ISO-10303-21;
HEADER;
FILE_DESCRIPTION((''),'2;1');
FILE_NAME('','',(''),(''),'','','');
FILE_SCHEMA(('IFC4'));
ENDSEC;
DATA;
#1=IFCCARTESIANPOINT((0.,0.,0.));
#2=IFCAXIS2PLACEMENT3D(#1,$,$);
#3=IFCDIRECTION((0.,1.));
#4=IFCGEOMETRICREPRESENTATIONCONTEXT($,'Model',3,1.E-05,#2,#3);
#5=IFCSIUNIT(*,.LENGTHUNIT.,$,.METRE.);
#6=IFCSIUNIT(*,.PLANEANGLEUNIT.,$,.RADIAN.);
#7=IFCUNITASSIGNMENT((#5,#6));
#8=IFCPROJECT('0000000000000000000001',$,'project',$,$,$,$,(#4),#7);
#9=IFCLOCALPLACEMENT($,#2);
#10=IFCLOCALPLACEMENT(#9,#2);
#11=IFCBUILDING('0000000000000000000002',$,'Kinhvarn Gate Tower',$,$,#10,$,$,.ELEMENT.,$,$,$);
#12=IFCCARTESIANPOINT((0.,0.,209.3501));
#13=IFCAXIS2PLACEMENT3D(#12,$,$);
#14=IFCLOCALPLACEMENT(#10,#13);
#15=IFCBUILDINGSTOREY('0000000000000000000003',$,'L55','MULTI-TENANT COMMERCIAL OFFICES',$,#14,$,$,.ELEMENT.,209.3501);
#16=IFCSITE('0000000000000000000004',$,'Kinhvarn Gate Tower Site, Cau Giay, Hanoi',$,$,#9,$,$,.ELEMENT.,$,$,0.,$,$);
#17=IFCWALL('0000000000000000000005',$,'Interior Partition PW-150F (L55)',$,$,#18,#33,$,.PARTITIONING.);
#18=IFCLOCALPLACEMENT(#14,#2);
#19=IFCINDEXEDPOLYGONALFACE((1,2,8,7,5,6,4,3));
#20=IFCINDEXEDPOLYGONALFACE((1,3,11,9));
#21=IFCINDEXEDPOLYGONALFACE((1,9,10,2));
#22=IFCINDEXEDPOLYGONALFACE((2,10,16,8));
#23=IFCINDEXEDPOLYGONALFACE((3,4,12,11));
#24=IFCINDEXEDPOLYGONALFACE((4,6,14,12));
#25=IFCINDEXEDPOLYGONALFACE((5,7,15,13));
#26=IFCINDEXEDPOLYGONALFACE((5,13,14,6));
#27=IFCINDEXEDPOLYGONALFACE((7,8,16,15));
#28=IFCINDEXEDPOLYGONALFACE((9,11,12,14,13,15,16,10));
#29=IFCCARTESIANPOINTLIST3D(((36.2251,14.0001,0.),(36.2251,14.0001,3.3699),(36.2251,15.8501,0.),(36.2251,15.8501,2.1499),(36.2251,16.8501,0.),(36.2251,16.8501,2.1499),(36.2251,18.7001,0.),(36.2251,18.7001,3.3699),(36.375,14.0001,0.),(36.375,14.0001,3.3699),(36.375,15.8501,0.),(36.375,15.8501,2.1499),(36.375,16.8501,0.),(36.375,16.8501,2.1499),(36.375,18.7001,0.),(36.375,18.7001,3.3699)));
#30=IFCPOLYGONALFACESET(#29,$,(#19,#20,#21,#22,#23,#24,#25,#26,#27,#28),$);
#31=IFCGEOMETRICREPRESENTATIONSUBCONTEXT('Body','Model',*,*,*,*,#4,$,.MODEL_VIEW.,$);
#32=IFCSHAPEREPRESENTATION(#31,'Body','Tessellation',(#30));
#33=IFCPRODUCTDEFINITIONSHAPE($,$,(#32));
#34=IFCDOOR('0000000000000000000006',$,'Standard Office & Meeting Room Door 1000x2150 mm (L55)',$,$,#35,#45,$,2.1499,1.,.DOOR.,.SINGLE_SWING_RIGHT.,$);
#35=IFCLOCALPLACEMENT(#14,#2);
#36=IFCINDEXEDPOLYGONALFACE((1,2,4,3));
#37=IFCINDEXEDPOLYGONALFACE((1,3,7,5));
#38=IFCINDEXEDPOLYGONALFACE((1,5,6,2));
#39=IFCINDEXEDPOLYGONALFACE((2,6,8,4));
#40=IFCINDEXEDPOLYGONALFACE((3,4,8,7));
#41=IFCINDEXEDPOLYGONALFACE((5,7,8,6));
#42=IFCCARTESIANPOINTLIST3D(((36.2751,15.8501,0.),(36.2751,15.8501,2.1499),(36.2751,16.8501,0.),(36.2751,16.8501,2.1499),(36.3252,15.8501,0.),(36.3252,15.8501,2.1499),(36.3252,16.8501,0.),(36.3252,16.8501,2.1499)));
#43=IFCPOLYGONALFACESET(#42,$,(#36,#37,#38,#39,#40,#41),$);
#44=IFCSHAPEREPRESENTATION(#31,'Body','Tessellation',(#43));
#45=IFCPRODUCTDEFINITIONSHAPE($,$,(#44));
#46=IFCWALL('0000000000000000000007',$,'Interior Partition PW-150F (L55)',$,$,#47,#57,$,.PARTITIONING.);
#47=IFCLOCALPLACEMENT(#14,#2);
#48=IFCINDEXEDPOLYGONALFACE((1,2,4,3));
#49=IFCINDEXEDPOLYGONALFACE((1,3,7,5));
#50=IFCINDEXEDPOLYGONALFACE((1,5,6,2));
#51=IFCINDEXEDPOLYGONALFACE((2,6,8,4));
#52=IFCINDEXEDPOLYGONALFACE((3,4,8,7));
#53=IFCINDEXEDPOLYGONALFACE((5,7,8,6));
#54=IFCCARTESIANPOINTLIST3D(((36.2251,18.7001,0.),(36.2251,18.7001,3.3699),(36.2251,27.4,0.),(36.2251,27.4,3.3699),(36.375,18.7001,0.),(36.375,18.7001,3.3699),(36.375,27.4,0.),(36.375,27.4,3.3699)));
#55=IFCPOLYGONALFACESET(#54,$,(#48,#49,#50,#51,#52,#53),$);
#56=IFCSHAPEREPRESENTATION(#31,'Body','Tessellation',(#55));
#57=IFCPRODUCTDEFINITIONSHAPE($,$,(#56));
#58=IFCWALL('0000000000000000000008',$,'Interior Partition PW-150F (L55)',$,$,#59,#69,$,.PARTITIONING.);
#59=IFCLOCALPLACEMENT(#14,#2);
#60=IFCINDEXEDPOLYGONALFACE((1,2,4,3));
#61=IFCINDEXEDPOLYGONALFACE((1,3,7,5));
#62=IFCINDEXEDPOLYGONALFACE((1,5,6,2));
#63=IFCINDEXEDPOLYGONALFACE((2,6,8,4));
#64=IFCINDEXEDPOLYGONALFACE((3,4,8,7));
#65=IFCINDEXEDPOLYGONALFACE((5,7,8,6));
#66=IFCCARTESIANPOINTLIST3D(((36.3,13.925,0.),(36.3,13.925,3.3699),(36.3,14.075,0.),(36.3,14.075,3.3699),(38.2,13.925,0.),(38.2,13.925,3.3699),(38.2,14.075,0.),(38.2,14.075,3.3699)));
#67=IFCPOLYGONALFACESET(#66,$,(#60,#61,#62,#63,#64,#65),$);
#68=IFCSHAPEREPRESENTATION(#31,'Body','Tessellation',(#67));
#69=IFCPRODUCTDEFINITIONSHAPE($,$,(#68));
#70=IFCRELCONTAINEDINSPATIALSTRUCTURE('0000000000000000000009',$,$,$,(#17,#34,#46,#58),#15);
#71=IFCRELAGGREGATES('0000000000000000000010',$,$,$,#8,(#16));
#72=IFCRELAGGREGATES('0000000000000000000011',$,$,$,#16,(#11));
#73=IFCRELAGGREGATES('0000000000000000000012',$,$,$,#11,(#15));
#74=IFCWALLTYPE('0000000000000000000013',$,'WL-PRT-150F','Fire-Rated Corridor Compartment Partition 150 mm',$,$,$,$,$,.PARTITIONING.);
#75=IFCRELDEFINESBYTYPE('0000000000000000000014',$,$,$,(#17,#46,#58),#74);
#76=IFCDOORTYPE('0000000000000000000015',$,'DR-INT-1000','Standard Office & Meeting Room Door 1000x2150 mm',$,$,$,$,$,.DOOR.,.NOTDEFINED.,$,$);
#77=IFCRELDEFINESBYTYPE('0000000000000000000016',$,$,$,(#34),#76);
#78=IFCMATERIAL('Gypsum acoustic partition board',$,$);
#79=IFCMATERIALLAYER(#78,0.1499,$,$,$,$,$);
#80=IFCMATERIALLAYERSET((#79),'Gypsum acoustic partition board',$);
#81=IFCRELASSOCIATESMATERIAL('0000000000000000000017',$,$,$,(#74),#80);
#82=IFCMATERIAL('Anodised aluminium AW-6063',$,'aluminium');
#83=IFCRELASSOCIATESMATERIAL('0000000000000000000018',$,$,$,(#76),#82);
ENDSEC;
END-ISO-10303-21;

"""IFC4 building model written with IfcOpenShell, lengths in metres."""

from ifc_helpers import new_model, si_unit, direction, frame, frame_2d, origin, place, context, subcontext, project, spatial, rectangle, extrude, material, layer, layer_set, type_object, element, fill, save


model = new_model("IFC4")

# Units and contexts
model_context = context("Model", 3, precision=1e-05, world=origin(), true_north=direction((0.0, 1.0)))
body_context = subcontext(model_context, "Body", "Model", "MODEL_VIEW")
ifc_project = project(units=[si_unit("LENGTHUNIT", "METRE"), si_unit("PLANEANGLEUNIT", "RADIAN")], contexts=[model_context])

# Site, building, storey
site_placement = place(None, origin())
site = spatial("IfcSite", under=ifc_project, at=site_placement, Name="Kinhvarn Gate Tower Site, Cau Giay, Hanoi", CompositionType="ELEMENT", RefElevation=0.0)
building_placement = place(site_placement, origin())
building = spatial("IfcBuilding", under=site, at=building_placement, Name="Kinhvarn Gate Tower", CompositionType="ELEMENT")
storey_placement = place(building_placement, frame((0.0, 0.0, 209.3501)))
storey = spatial("IfcBuildingStorey", under=building, at=storey_placement, Name="L55", Description="MULTI-TENANT COMMERCIAL OFFICES", CompositionType="ELEMENT", Elevation=209.3501)

# Shared definitions
ifc_material_1 = material(Name="Anodised aluminium AW-6063", Category="aluminium")

# Shared definitions
ifc_material_2 = material(Name="Gypsum acoustic partition board")

# Wall, opening, door
ifc_layer_1 = layer(ifc_material_2, 0.1499)
ifc_layer_set_1 = layer_set([ifc_layer_1], Name="Gypsum acoustic partition board")
wall_type_1 = type_object("IfcWallType", Name="WL-PRT-150F", Description="Fire-Rated Corridor Compartment Partition 150 mm", PredefinedType="PARTITIONING", material=ifc_layer_set_1)
wall_1_placement = place(storey_placement, frame((36.3, 14.0, 0.0), z_axis=(0.0, 0.0, 1.0), x_axis=(0.0, 1.0, 0.0)))
wall_1 = element("IfcWall", 1, at=wall_1_placement, inside=storey, type_object=wall_type_1, Name="Interior Partition PW-150F (L55)", PredefinedType="PARTITIONING", context=body_context, shape_type="SweptSolid", body=[
    extrude(rectangle(XDim=4.7, YDim=0.1499, at=frame_2d((2.3501, 0.0))), origin(), (0.0, 0.0, 1.0), 3.3699),
])
opening_placement = place(wall_1_placement, frame((1.8501, 0.0, 0.0)))
opening = element("IfcOpeningElement", 2, at=opening_placement, cuts=wall_1, PredefinedType="OPENING", context=body_context, shape_type="SweptSolid", body=[
    extrude(rectangle(XDim=1.0, YDim=2.1499, at=frame_2d((0.5, 1.075))), frame((0.0, 0.085, 0.0), z_axis=(0.0, -1.0, 0.0), x_axis=(1.0, 0.0, 0.0)), (0.0, 0.0, 1.0), 0.1699),
])
door_type = type_object("IfcDoorType", Name="DR-INT-1000", Description="Standard Office & Meeting Room Door 1000x2150 mm", OperationType="NOTDEFINED", PredefinedType="DOOR", material=ifc_material_1)
door_placement = place(opening_placement, origin())
door = element("IfcDoor", 3, at=door_placement, inside=storey, type_object=door_type, Name="Standard Office & Meeting Room Door 1000x2150 mm (L55)", OperationType="SINGLE_SWING_RIGHT", OverallHeight=2.1499, OverallWidth=1.0, PredefinedType="DOOR", context=body_context, shape_type="SweptSolid", body=[
    extrude(rectangle(XDim=1.0, YDim=2.1499, at=frame_2d((0.5, 1.075))), frame((0.0, 0.0249, 0.0), z_axis=(0.0, -1.0, 0.0), x_axis=(1.0, 0.0, 0.0)), (0.0, 0.0, 1.0), 0.05),
])
fill(opening, door)

# Walls
wall_2_placement = place(storey_placement, frame((36.3, 18.7, 0.0), z_axis=(0.0, 0.0, 1.0), x_axis=(0.0, 1.0, 0.0)))
element("IfcWall", 4, at=wall_2_placement, inside=storey, type_object=wall_type_1, Name="Interior Partition PW-150F (L55)", PredefinedType="PARTITIONING", context=body_context, shape_type="SweptSolid", body=[
    extrude(rectangle(XDim=8.7, YDim=0.1499, at=frame_2d((4.3501, 0.0))), origin(), (0.0, 0.0, 1.0), 3.3699),
])
wall_3_placement = place(storey_placement, frame((36.3, 14.0, 0.0), z_axis=(0.0, 0.0, 1.0), x_axis=(1.0, 0.0, 0.0)))
element("IfcWall", 5, at=wall_3_placement, inside=storey, type_object=wall_type_1, Name="Interior Partition PW-150F (L55)", PredefinedType="PARTITIONING", context=body_context, shape_type="SweptSolid", body=[
    extrude(rectangle(XDim=1.8999, YDim=0.1499, at=frame_2d((0.95, 0.0))), origin(), (0.0, 0.0, 1.0), 3.3699),
])

save(model, "model.ifc")
